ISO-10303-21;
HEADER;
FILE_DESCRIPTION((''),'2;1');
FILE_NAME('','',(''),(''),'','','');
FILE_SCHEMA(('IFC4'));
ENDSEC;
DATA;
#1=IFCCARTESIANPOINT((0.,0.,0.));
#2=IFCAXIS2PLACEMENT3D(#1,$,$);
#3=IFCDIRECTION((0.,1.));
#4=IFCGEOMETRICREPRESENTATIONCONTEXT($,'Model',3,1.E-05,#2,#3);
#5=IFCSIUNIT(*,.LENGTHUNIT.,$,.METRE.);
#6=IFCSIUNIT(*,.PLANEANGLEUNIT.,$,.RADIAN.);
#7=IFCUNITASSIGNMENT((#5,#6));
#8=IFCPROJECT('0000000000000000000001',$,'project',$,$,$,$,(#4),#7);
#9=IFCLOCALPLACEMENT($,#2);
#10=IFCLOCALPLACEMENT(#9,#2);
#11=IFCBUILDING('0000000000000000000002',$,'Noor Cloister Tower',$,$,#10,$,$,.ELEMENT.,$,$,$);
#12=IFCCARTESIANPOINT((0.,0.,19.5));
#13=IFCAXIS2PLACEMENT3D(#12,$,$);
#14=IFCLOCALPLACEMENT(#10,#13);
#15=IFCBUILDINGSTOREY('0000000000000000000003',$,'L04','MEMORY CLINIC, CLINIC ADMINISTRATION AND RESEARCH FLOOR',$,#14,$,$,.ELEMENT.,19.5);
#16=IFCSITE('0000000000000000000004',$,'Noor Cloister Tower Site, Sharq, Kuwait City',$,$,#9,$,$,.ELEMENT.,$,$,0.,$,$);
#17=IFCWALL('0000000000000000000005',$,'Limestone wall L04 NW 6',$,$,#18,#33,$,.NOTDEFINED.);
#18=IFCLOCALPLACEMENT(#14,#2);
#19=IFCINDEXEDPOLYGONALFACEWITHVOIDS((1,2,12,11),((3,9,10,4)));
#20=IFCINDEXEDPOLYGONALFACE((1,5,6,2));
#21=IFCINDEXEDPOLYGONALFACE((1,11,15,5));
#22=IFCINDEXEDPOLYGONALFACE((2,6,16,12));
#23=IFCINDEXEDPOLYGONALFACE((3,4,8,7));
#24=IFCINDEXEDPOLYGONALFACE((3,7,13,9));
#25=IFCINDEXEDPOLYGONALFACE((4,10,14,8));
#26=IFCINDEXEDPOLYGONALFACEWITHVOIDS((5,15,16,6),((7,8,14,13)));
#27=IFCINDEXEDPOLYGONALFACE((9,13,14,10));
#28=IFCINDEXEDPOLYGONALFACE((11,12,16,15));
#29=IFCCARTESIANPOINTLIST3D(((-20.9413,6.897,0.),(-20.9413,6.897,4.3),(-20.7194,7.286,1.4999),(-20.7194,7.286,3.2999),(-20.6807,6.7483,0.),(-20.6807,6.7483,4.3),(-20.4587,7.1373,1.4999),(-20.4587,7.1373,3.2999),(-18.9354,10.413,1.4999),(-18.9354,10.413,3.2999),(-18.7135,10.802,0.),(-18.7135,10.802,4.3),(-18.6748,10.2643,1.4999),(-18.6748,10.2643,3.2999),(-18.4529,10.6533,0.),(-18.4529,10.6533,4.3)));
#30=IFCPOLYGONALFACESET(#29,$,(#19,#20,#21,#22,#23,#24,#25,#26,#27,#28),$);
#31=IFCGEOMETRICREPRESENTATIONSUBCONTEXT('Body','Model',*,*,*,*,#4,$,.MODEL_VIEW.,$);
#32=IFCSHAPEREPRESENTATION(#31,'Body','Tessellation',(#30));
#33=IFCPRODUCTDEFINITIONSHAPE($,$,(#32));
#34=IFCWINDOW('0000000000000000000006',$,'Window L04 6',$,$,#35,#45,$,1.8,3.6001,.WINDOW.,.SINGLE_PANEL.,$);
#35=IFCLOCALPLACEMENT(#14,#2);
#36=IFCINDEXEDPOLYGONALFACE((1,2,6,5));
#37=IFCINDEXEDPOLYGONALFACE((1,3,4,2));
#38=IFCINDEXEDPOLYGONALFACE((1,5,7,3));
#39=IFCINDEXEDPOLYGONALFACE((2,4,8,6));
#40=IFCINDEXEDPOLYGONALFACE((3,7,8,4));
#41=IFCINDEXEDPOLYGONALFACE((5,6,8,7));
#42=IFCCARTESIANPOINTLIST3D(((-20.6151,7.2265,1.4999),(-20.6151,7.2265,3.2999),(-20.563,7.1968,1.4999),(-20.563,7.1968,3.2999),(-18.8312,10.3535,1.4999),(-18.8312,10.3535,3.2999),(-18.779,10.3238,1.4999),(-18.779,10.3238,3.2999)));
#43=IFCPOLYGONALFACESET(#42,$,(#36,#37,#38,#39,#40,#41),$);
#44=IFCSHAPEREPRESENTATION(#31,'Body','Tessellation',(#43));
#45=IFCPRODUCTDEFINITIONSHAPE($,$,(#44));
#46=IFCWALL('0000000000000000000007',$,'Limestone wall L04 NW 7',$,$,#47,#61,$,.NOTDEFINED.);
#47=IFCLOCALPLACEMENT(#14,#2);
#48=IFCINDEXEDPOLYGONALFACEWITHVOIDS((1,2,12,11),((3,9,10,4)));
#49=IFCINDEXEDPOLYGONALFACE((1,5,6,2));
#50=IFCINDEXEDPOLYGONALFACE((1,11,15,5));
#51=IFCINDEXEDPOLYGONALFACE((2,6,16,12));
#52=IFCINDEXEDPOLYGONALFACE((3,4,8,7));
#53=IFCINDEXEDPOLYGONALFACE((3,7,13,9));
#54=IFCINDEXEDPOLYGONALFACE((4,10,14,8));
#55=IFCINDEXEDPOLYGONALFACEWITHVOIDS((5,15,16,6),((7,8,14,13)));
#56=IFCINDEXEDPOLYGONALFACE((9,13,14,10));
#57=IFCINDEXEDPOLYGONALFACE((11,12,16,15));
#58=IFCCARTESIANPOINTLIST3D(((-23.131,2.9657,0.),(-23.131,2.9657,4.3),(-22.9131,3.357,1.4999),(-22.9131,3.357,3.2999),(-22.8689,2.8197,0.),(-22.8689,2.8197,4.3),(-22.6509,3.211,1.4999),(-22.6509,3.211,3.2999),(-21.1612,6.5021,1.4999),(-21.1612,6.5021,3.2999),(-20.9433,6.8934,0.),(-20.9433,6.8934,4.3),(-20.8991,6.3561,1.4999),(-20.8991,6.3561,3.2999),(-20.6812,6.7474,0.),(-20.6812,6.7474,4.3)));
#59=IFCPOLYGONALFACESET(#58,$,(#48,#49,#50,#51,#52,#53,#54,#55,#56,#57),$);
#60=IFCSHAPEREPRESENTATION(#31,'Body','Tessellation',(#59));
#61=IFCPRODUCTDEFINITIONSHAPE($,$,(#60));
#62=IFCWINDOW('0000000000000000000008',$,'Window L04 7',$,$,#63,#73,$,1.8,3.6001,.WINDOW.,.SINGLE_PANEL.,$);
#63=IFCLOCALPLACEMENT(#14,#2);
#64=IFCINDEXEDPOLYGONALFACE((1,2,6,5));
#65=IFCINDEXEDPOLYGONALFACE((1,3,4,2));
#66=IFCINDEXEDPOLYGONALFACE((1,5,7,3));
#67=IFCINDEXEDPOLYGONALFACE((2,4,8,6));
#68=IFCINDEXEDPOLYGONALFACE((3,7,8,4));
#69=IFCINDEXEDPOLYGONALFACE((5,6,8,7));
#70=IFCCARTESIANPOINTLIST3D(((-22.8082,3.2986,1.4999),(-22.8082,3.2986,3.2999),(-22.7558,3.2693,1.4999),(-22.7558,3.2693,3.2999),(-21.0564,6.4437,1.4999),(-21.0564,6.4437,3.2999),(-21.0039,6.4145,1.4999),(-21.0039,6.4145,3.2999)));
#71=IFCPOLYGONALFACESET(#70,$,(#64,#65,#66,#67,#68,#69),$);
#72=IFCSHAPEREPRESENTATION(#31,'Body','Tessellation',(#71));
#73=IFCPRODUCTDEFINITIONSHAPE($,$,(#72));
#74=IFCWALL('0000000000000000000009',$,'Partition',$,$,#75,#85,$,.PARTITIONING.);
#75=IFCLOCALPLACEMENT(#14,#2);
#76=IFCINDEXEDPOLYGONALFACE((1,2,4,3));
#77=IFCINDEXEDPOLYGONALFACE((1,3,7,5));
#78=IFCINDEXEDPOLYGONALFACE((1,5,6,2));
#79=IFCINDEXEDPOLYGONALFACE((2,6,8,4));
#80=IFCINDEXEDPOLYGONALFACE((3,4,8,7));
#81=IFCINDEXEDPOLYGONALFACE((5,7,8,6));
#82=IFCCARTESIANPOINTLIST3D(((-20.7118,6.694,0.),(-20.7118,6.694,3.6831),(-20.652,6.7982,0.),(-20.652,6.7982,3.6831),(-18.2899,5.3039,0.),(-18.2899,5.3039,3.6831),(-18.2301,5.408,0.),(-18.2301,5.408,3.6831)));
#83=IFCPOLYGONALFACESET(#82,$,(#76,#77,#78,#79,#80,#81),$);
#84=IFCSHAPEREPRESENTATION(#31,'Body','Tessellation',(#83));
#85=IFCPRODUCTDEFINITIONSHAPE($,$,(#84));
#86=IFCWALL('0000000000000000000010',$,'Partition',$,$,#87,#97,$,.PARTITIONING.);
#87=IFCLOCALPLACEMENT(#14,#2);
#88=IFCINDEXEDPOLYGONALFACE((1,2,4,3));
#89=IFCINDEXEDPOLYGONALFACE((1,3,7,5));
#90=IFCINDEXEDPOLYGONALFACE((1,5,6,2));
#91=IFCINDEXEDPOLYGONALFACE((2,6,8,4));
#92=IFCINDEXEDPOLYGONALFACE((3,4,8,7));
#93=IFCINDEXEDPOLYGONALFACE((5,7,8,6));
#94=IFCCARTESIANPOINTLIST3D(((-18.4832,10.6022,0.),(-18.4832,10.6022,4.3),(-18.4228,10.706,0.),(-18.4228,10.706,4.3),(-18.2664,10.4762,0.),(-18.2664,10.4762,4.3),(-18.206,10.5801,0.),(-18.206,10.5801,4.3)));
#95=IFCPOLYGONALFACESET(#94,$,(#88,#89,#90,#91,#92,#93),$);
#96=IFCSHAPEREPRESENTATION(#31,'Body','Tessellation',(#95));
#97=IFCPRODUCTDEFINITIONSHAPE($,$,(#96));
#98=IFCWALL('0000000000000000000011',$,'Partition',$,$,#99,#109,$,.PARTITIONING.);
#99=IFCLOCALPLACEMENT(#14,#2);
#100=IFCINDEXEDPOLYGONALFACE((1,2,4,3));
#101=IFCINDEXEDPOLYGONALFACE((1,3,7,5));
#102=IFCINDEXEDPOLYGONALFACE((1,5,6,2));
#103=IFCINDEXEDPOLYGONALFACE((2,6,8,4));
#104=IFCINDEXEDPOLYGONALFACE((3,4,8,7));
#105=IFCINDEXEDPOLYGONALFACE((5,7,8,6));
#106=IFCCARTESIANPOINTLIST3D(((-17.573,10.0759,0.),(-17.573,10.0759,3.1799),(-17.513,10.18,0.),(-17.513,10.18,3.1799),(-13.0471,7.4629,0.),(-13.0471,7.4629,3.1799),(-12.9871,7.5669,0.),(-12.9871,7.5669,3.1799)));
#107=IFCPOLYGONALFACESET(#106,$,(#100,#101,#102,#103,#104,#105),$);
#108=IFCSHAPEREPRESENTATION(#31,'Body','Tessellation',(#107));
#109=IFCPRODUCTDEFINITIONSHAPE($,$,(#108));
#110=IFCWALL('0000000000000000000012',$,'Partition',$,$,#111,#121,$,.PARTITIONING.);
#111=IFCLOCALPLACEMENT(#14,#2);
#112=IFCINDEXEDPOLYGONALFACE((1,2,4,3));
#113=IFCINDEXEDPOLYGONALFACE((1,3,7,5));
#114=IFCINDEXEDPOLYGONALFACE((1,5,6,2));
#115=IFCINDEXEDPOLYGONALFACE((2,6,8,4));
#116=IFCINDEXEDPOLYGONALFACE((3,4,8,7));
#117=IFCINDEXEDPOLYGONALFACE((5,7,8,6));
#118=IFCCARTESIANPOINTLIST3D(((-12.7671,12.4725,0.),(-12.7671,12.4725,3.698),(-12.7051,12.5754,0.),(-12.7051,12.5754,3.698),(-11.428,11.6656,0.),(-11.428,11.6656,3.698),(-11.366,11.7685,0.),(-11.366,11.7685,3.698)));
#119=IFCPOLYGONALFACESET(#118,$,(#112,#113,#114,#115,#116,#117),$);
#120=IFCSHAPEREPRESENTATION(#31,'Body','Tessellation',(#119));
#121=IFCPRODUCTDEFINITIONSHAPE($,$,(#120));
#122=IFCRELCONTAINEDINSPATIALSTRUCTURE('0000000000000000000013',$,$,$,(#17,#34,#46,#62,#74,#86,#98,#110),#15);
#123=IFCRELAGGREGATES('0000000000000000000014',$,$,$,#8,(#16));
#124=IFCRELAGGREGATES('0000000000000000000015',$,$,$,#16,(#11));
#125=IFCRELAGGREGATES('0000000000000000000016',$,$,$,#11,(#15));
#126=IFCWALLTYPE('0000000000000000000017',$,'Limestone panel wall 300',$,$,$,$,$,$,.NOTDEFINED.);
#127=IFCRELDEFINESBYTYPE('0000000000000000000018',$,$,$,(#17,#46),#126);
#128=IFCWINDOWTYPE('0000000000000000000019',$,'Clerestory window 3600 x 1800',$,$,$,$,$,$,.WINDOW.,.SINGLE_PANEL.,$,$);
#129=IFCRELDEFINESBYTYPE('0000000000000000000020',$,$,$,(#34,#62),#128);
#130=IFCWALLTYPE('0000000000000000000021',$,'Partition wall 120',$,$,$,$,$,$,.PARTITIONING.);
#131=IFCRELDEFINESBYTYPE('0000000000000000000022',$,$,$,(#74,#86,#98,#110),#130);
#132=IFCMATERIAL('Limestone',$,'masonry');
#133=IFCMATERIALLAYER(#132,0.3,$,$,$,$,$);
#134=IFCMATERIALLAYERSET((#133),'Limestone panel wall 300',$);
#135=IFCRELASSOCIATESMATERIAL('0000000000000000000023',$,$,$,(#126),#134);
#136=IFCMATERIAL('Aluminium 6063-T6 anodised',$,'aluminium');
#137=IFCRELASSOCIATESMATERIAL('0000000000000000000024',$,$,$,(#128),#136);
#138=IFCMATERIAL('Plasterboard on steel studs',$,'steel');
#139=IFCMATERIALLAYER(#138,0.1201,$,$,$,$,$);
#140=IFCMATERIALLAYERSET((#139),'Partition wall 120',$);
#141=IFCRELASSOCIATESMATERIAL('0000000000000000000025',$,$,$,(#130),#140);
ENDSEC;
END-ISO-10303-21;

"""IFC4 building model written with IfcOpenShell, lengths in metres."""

from ifc_helpers import new_model, si_unit, direction, frame, frame_2d, origin, place, context, subcontext, project, spatial, rectangle, extrude, material, layer, layer_set, type_object, element, fill, save


model = new_model("IFC4")

# Units and contexts
model_context = context("Model", 3, precision=1e-05, world=origin(), true_north=direction((0.0, 1.0)))
body_context = subcontext(model_context, "Body", "Model", "MODEL_VIEW")
ifc_project = project(units=[si_unit("LENGTHUNIT", "METRE"), si_unit("PLANEANGLEUNIT", "RADIAN")], contexts=[model_context])

# Site, building, storey
site_placement = place(None, origin())
site = spatial("IfcSite", under=ifc_project, at=site_placement, Name="Noor Cloister Tower Site, Sharq, Kuwait City", CompositionType="ELEMENT", RefElevation=0.0)
building_placement = place(site_placement, origin())
building = spatial("IfcBuilding", under=site, at=building_placement, Name="Noor Cloister Tower", CompositionType="ELEMENT")
storey_placement = place(building_placement, frame((0.0, 0.0, 19.5)))
storey = spatial("IfcBuildingStorey", under=building, at=storey_placement, Name="L04", Description="MEMORY CLINIC, CLINIC ADMINISTRATION AND RESEARCH FLOOR", CompositionType="ELEMENT", Elevation=19.5)

# Walls, openings, windows
ifc_material_1 = material(Name="Limestone", Category="masonry")
ifc_layer_1 = layer(ifc_material_1, 0.3)
ifc_layer_set_1 = layer_set([ifc_layer_1], Name="Limestone panel wall 300")
wall_type_1 = type_object("IfcWallType", Name="Limestone panel wall 300", PredefinedType="NOTDEFINED", material=ifc_layer_set_1)
ifc_material_2 = material(Name="Aluminium 6063-T6 anodised", Category="aluminium")
window_type = type_object("IfcWindowType", Name="Clerestory window 3600 x 1800", PartitioningType="SINGLE_PANEL", PredefinedType="WINDOW", material=ifc_material_2)
wall_1_placement = place(storey_placement, frame((-20.811, 6.8225, 0.0), z_axis=(0.0, 0.0, 1.0), x_axis=(0.495525, 0.868594, 0.0)))
wall_1 = element("IfcWall", 1, at=wall_1_placement, inside=storey, type_object=wall_type_1, Name="Limestone wall L04 NW 6", PredefinedType="NOTDEFINED", context=body_context, shape_type="SweptSolid", body=[
    extrude(rectangle(XDim=4.4958, YDim=0.3, at=frame_2d((2.248, 0.0))), origin(), (0.0, 0.0, 1.0), 4.3),
])
opening_1_placement = place(wall_1_placement, frame((0.448, 0.0, 1.5)))
opening_1 = element("IfcOpeningElement", 2, at=opening_1_placement, cuts=wall_1, PredefinedType="OPENING", context=body_context, shape_type="SweptSolid", body=[
    extrude(rectangle(XDim=3.6001, YDim=1.8, at=frame_2d((1.8, 0.8999))), frame((0.0, 0.1602, 0.0), z_axis=(0.0, -1.0, 0.0), x_axis=(1.0, 0.0, 0.0)), (0.0, 0.0, 1.0), 0.3201),
])
window_1_placement = place(opening_1_placement, origin())
window_1 = element("IfcWindow", 3, at=window_1_placement, inside=storey, type_object=window_type, Name="Window L04 6", OverallHeight=1.8, OverallWidth=3.6001, PartitioningType="SINGLE_PANEL", PredefinedType="WINDOW", context=body_context, shape_type="SweptSolid", body=[
    extrude(rectangle(XDim=3.6001, YDim=1.8, at=frame_2d((1.8, 0.8999))), frame((0.0, 0.03, 0.0), z_axis=(0.0, -1.0, 0.0), x_axis=(1.0, 0.0, 0.0)), (0.0, 0.0, 1.0), 0.0601),
])
fill(opening_1, window_1)
wall_2_placement = place(storey_placement, frame((-23.0, 2.8926, 0.0), z_axis=(0.0, 0.0, 1.0), x_axis=(0.486606, 0.873621, 0.0)))
wall_2 = element("IfcWall", 4, at=wall_2_placement, inside=storey, type_object=wall_type_1, Name="Limestone wall L04 NW 7", PredefinedType="NOTDEFINED", context=body_context, shape_type="SweptSolid", body=[
    extrude(rectangle(XDim=4.4958, YDim=0.3, at=frame_2d((2.248, 0.0))), origin(), (0.0, 0.0, 1.0), 4.3),
])
opening_2_placement = place(wall_2_placement, frame((0.448, 0.0, 1.5)))
opening_2 = element("IfcOpeningElement", 5, at=opening_2_placement, cuts=wall_2, PredefinedType="OPENING", context=body_context, shape_type="SweptSolid", body=[
    extrude(rectangle(XDim=3.6001, YDim=1.8, at=frame_2d((1.8, 0.8999))), frame((0.0, 0.1602, 0.0), z_axis=(0.0, -1.0, 0.0), x_axis=(1.0, 0.0, 0.0)), (0.0, 0.0, 1.0), 0.3201),
])
window_2_placement = place(opening_2_placement, origin())
window_2 = element("IfcWindow", 6, at=window_2_placement, inside=storey, type_object=window_type, Name="Window L04 7", OverallHeight=1.8, OverallWidth=3.6001, PartitioningType="SINGLE_PANEL", PredefinedType="WINDOW", context=body_context, shape_type="SweptSolid", body=[
    extrude(rectangle(XDim=3.6001, YDim=1.8, at=frame_2d((1.8, 0.8999))), frame((0.0, 0.03, 0.0), z_axis=(0.0, -1.0, 0.0), x_axis=(1.0, 0.0, 0.0)), (0.0, 0.0, 1.0), 0.0601),
])
fill(opening_2, window_2)

# Walls
ifc_material_3 = material(Name="Plasterboard on steel studs", Category="steel")
ifc_layer_2 = layer(ifc_material_3, 0.1201)
ifc_layer_set_2 = layer_set([ifc_layer_2], Name="Partition wall 120")
wall_type_2 = type_object("IfcWallType", Name="Partition wall 120", PredefinedType="PARTITIONING", material=ifc_layer_set_2)
wall_3_placement = place(storey_placement, frame((-18.26, 5.356, 0.0), z_axis=(0.0, 0.0, 1.0), x_axis=(-0.867284, 0.497814, 0.0)))
element("IfcWall", 7, at=wall_3_placement, inside=storey, type_object=wall_type_2, Name="Partition", PredefinedType="PARTITIONING", context=body_context, shape_type="SweptSolid", body=[
    extrude(rectangle(XDim=2.7925, YDim=0.1201, at=frame_2d((1.3962, 0.0))), origin(), (0.0, 0.0, 1.0), 3.6831),
])
wall_4_placement = place(storey_placement, frame((-18.2361, 10.5281, 0.0), z_axis=(0.0, 0.0, 1.0), x_axis=(-0.864625, 0.502417, 0.0)))
element("IfcWall", 8, at=wall_4_placement, inside=storey, type_object=wall_type_2, Name="Partition", PredefinedType="PARTITIONING", context=body_context, shape_type="SweptSolid", body=[
    extrude(rectangle(XDim=0.2507, YDim=0.1201, at=frame_2d((0.1255, 0.0))), origin(), (0.0, 0.0, 1.0), 4.3),
])
wall_5_placement = place(storey_placement, frame((-13.0171, 7.5149, 0.0), z_axis=(0.0, 0.0, 1.0), x_axis=(-0.866024, 0.500003, 0.0)))
element("IfcWall", 9, at=wall_5_placement, inside=storey, type_object=wall_type_2, Name="Partition", PredefinedType="PARTITIONING", context=body_context, shape_type="SweptSolid", body=[
    extrude(rectangle(XDim=5.2261, YDim=0.1201, at=frame_2d((2.613, 0.0))), origin(), (0.0, 0.0, 1.0), 3.1799),
])
wall_6_placement = place(storey_placement, frame((-11.397, 11.717, 0.0), z_axis=(0.0, 0.0, 1.0), x_axis=(-0.856527, 0.516102, 0.0)))
element("IfcWall", 10, at=wall_6_placement, inside=storey, type_object=wall_type_2, Name="Partition", PredefinedType="PARTITIONING", context=body_context, shape_type="SweptSolid", body=[
    extrude(rectangle(XDim=1.5635, YDim=0.1201, at=frame_2d((0.7817, 0.0))), origin(), (0.0, 0.0, 1.0), 3.698),
])

save(model, "model.ifc")
